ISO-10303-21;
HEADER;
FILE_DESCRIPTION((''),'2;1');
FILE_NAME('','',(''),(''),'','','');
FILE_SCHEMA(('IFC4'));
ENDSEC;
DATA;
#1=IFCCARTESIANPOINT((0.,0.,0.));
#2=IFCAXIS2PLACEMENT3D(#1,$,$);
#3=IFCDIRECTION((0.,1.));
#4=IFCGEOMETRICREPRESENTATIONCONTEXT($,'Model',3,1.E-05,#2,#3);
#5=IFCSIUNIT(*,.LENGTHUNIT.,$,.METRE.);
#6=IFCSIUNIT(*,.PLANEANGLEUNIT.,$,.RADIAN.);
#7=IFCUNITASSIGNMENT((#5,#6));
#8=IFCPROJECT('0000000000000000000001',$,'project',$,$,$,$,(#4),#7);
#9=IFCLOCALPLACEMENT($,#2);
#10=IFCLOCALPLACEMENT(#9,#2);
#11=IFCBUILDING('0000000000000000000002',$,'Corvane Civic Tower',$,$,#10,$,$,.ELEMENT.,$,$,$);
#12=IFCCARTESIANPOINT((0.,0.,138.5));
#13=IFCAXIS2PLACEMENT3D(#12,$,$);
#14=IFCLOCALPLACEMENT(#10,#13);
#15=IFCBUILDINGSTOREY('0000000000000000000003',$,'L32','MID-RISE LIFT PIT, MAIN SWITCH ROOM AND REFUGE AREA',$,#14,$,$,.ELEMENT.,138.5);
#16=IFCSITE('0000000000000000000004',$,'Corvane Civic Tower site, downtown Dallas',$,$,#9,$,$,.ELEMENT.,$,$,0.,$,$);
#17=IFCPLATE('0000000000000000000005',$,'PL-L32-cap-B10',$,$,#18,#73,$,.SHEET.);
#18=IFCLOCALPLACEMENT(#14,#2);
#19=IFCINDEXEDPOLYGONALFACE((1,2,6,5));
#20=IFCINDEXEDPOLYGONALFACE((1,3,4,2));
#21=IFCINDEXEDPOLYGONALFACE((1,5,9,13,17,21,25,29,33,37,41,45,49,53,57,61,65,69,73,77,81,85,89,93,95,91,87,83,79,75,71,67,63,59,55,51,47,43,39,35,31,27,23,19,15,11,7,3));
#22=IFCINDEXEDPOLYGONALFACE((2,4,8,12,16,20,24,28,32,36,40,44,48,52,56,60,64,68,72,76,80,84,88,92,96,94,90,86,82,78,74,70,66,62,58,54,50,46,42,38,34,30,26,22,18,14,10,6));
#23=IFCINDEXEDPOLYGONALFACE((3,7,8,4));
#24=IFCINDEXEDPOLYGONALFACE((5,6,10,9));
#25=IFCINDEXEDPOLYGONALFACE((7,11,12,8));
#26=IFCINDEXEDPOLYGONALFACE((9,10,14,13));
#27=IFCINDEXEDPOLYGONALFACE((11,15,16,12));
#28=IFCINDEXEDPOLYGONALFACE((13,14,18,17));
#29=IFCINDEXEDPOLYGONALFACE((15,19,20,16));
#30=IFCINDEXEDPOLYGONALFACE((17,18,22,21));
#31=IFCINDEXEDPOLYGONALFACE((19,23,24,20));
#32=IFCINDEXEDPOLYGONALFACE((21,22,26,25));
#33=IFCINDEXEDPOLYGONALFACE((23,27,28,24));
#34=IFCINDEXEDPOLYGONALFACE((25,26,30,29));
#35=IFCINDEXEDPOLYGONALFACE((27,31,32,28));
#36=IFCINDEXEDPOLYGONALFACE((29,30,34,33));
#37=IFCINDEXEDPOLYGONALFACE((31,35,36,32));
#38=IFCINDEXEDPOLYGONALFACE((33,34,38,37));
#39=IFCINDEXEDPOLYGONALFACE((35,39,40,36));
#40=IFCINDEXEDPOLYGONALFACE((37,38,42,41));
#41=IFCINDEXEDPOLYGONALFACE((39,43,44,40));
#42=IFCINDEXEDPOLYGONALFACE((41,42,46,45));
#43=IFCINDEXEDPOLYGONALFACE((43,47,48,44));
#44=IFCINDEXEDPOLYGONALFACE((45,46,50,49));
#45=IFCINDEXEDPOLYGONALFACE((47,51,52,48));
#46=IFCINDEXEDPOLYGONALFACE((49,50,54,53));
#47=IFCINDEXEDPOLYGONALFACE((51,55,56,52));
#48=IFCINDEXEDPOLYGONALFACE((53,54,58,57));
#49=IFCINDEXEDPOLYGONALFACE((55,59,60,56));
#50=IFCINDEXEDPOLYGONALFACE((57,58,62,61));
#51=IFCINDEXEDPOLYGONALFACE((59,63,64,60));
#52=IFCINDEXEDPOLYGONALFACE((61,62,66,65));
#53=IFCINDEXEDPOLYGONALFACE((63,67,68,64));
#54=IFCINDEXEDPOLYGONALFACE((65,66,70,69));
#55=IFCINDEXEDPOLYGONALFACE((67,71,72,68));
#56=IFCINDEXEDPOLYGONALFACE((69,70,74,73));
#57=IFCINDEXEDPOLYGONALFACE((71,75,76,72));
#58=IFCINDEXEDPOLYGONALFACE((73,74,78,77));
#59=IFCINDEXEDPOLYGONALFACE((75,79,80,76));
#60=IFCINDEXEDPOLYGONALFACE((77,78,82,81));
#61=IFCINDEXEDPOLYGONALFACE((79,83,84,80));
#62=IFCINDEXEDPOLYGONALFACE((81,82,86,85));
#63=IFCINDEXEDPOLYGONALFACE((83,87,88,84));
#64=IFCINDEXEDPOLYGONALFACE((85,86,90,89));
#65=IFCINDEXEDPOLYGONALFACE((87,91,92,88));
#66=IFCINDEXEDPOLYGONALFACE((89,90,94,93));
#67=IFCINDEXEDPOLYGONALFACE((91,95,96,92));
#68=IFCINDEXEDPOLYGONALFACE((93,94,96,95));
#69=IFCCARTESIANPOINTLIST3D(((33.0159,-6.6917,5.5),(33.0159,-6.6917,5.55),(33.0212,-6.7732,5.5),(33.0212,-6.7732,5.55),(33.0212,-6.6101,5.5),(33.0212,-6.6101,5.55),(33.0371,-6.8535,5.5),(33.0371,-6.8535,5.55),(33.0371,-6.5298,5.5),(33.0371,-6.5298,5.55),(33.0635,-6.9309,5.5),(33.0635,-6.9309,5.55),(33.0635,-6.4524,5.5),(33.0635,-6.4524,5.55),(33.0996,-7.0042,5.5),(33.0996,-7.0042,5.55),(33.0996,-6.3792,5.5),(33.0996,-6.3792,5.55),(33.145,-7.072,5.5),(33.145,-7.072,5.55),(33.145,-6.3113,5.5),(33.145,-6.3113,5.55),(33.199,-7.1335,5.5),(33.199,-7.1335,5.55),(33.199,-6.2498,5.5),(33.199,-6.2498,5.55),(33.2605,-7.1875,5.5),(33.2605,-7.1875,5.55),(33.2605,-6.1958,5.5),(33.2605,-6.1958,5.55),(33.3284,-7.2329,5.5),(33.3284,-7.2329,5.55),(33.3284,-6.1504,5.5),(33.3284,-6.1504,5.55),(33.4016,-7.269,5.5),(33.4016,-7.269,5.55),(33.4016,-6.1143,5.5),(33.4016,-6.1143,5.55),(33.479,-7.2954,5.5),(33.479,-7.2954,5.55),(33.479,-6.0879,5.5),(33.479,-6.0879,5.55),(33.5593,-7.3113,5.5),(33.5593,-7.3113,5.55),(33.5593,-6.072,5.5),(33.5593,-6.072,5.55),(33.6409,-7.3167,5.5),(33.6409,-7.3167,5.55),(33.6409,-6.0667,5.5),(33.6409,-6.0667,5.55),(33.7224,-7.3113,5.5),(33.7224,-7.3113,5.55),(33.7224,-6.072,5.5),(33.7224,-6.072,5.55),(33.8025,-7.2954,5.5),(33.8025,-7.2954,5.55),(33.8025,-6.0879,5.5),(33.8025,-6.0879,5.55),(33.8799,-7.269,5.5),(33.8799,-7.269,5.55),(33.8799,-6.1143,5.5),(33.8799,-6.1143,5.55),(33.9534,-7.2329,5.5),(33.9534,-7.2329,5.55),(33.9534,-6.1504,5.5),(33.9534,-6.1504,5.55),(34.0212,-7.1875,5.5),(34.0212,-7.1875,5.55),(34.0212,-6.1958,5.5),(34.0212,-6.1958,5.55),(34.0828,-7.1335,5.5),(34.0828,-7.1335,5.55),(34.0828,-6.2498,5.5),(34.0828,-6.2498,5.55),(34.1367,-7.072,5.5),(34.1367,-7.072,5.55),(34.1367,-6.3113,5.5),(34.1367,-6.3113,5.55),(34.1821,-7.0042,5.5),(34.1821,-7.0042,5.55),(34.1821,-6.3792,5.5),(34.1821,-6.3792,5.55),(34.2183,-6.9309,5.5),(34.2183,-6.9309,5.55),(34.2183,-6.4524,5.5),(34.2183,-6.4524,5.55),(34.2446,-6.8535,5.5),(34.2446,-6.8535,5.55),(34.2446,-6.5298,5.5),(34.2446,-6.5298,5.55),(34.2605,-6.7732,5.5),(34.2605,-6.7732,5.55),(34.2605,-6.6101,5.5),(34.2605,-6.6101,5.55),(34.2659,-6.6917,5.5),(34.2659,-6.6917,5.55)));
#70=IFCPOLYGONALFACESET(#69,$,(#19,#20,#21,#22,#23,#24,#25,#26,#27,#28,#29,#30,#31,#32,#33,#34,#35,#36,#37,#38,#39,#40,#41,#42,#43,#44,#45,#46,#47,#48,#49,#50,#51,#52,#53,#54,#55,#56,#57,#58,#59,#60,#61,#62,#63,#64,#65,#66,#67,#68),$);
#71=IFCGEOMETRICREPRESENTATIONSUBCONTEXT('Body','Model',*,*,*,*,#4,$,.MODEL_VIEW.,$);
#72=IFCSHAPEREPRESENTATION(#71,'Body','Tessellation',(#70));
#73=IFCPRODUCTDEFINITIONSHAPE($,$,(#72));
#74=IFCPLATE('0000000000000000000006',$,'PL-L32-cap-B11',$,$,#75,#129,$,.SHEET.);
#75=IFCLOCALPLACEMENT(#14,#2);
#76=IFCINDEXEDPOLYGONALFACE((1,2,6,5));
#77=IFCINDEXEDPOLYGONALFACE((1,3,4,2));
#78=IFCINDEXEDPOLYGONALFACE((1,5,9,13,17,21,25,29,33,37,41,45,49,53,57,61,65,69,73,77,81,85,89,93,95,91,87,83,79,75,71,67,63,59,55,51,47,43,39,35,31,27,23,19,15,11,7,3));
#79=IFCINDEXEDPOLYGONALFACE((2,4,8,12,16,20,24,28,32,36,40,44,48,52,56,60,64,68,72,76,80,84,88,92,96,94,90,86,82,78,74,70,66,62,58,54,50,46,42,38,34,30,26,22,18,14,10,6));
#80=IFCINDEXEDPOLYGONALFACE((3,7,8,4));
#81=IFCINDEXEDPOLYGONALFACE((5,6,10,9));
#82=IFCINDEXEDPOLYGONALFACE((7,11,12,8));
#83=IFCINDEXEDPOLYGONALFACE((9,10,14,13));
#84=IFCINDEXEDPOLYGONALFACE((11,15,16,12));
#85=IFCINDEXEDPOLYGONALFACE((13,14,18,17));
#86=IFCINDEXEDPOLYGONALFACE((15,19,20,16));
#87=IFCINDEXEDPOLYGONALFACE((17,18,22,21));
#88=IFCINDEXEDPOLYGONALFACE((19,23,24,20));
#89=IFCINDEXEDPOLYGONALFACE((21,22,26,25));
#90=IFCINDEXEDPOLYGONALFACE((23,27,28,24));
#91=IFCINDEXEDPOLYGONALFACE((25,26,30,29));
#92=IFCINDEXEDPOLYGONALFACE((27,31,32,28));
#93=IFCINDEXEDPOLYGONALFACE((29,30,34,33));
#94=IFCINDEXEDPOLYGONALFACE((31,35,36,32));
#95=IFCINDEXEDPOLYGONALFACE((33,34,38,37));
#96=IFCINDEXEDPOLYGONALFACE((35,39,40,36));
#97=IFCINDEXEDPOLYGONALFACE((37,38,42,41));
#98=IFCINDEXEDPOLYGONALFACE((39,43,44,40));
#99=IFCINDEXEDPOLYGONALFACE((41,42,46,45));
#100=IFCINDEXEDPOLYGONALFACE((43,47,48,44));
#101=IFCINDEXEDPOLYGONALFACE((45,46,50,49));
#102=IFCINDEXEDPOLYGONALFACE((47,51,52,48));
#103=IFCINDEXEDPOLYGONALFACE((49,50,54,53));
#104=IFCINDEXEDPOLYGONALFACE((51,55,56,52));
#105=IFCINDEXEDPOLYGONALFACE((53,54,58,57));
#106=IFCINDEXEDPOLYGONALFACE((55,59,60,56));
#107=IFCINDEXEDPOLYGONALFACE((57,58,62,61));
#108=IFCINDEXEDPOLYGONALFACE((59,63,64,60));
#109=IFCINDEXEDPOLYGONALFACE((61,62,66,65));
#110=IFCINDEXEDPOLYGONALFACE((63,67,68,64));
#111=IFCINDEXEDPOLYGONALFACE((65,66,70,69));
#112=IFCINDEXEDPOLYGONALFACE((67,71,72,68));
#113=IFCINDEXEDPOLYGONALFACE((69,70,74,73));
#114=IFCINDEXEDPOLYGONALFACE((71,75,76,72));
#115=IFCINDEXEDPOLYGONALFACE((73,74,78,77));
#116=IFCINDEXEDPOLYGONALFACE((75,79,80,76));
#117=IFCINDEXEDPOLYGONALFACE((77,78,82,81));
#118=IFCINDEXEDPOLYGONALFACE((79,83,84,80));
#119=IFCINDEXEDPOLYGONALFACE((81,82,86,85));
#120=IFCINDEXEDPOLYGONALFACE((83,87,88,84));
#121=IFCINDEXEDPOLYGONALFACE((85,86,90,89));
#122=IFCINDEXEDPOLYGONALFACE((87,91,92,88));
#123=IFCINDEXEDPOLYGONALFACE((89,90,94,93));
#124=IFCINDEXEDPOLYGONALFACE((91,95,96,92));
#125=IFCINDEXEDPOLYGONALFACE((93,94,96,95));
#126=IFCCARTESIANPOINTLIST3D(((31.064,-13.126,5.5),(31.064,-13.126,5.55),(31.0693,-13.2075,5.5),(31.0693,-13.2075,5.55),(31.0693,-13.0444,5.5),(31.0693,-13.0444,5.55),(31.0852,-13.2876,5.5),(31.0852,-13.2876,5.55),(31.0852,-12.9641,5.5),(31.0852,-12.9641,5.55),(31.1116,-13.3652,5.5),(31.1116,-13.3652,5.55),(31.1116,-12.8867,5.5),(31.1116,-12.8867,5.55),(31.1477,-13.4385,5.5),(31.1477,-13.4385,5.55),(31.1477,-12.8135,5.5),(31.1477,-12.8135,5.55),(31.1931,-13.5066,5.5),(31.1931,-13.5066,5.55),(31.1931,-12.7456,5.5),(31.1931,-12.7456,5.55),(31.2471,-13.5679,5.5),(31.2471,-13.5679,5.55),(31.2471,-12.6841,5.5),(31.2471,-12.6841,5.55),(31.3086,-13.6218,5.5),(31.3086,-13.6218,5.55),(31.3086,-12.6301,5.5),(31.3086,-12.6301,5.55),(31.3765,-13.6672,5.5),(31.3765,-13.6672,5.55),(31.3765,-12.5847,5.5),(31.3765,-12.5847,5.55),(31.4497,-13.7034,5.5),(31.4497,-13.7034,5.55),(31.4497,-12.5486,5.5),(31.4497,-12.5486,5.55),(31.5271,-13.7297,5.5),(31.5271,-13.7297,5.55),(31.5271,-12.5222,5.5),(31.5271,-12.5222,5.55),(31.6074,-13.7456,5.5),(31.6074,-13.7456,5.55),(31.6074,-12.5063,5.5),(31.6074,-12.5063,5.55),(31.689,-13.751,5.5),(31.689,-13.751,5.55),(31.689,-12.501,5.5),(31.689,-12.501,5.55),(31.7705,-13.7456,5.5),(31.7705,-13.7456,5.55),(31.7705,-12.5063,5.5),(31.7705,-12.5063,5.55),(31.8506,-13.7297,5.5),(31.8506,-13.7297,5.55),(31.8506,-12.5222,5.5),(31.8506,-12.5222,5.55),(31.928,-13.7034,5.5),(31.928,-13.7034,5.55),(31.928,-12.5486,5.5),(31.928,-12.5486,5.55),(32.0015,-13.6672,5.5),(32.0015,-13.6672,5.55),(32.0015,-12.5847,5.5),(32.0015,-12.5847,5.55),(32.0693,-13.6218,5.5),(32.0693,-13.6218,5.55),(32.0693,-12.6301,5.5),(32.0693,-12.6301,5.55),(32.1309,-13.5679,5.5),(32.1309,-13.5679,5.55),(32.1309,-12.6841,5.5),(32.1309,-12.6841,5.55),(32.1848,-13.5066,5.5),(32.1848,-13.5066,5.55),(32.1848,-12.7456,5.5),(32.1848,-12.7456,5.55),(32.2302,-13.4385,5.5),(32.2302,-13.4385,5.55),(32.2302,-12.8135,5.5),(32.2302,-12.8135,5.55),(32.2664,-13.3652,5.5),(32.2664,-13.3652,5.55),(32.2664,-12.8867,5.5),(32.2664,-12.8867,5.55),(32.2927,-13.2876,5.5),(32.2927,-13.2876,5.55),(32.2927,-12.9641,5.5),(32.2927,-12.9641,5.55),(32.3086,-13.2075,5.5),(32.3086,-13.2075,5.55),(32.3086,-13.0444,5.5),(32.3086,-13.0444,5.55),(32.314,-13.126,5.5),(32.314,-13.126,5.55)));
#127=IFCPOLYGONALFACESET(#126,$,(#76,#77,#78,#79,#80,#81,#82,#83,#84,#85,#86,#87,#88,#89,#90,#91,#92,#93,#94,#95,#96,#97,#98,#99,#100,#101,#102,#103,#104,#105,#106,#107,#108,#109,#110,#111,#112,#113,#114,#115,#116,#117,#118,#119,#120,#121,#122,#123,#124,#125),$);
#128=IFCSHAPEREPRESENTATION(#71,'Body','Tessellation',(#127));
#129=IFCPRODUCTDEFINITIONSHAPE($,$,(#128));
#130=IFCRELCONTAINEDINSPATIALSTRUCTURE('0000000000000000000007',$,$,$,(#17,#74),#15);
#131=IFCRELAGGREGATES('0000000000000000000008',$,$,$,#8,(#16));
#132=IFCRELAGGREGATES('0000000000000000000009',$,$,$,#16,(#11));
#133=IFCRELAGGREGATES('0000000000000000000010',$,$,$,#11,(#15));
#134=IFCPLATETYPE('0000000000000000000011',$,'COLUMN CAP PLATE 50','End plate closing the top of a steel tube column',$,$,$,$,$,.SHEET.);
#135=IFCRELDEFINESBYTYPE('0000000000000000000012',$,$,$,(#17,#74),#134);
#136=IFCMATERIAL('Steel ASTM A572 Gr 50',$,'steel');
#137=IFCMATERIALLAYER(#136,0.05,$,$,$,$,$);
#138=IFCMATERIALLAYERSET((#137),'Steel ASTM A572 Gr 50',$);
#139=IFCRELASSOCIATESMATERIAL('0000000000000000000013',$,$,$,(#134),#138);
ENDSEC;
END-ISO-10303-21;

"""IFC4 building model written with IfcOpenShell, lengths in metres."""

from ifc_helpers import new_model, si_unit, direction, frame, origin, place, context, subcontext, project, spatial, polyline, outline, extrude, material, layer, layer_set, type_object, element, save


model = new_model("IFC4")

# Units and contexts
model_context = context("Model", 3, precision=1e-05, world=origin(), true_north=direction((0.0, 1.0)))
body_context = subcontext(model_context, "Body", "Model", "MODEL_VIEW")
ifc_project = project(units=[si_unit("LENGTHUNIT", "METRE"), si_unit("PLANEANGLEUNIT", "RADIAN")], contexts=[model_context])

# Site, building, storey
site_placement = place(None, origin())
site = spatial("IfcSite", under=ifc_project, at=site_placement, Name="Corvane Civic Tower site, downtown Dallas", CompositionType="ELEMENT", RefElevation=0.0)
building_placement = place(site_placement, origin())
building = spatial("IfcBuilding", under=site, at=building_placement, Name="Corvane Civic Tower", CompositionType="ELEMENT")
storey_placement = place(building_placement, frame((0.0, 0.0, 138.5)))
storey = spatial("IfcBuildingStorey", under=building, at=storey_placement, Name="L32", Description="MID-RISE LIFT PIT, MAIN SWITCH ROOM AND REFUGE AREA", CompositionType="ELEMENT", Elevation=138.5)

# Plates
ifc_material_1 = material(Name="Steel ASTM A572 Gr 50", Category="steel")
ifc_layer_1 = layer(ifc_material_1, 0.05)
ifc_layer_set_1 = layer_set([ifc_layer_1], Name="Steel ASTM A572 Gr 50")
plate_type = type_object("IfcPlateType", Name="COLUMN CAP PLATE 50", Description="End plate closing the top of a steel tube column", PredefinedType="SHEET", material=ifc_layer_set_1)
plate_1_placement = place(storey_placement, frame((0.0, 0.0, 5.5)))
element("IfcPlate", 1, at=plate_1_placement, inside=storey, type_object=plate_type, Name="PL-L32-cap-B10", PredefinedType="SHEET", context=body_context, shape_type="SweptSolid", body=[
    extrude(outline(polyline([(34.2659, -6.6917), (34.2605, -6.6101), (34.2446, -6.5298), (34.2183, -6.4524), (34.1821, -6.3792), (34.1367, -6.3113), (34.0828, -6.2498), (34.0212, -6.1958), (33.9534, -6.1504), (33.8799, -6.1143), (33.8025, -6.0879), (33.7224, -6.072), (33.6409, -6.0667), (33.5593, -6.072), (33.479, -6.0879), (33.4016, -6.1143), (33.3284, -6.1504), (33.2605, -6.1958), (33.199, -6.2498), (33.145, -6.3113), (33.0996, -6.3792), (33.0635, -6.4524), (33.0371, -6.5298), (33.0212, -6.6101), (33.0159, -6.6917), (33.0212, -6.7732), (33.0371, -6.8535), (33.0635, -6.9309), (33.0996, -7.0042), (33.145, -7.072), (33.199, -7.1335), (33.2605, -7.1875), (33.3284, -7.2329), (33.4016, -7.269), (33.479, -7.2954), (33.5593, -7.3113), (33.6409, -7.3167), (33.7224, -7.3113), (33.8025, -7.2954), (33.8799, -7.269), (33.9534, -7.2329), (34.0212, -7.1875), (34.0828, -7.1335), (34.1367, -7.072), (34.1821, -7.0042), (34.2183, -6.9309), (34.2446, -6.8535), (34.2605, -6.7732), (34.2659, -6.6917)])), origin(), (0.0, 0.0, 1.0), 0.05),
])
plate_2_placement = place(storey_placement, frame((0.0, 0.0, 5.5)))
element("IfcPlate", 2, at=plate_2_placement, inside=storey, type_object=plate_type, Name="PL-L32-cap-B11", PredefinedType="SHEET", context=body_context, shape_type="SweptSolid", body=[
    extrude(outline(polyline([(32.314, -13.126), (32.3086, -13.0444), (32.2927, -12.9641), (32.2664, -12.8867), (32.2302, -12.8135), (32.1848, -12.7456), (32.1309, -12.6841), (32.0693, -12.6301), (32.0015, -12.5847), (31.928, -12.5486), (31.8506, -12.5222), (31.7705, -12.5063), (31.689, -12.501), (31.6074, -12.5063), (31.5271, -12.5222), (31.4497, -12.5486), (31.3765, -12.5847), (31.3086, -12.6301), (31.2471, -12.6841), (31.1931, -12.7456), (31.1477, -12.8135), (31.1116, -12.8867), (31.0852, -12.9641), (31.0693, -13.0444), (31.064, -13.126), (31.0693, -13.2075), (31.0852, -13.2876), (31.1116, -13.3652), (31.1477, -13.4385), (31.1931, -13.5066), (31.2471, -13.5679), (31.3086, -13.6218), (31.3765, -13.6672), (31.4497, -13.7034), (31.5271, -13.7297), (31.6074, -13.7456), (31.689, -13.751), (31.7705, -13.7456), (31.8506, -13.7297), (31.928, -13.7034), (32.0015, -13.6672), (32.0693, -13.6218), (32.1309, -13.5679), (32.1848, -13.5066), (32.2302, -13.4385), (32.2664, -13.3652), (32.2927, -13.2876), (32.3086, -13.2075), (32.314, -13.126)])), origin(), (0.0, 0.0, 1.0), 0.05),
])

save(model, "model.ifc")
